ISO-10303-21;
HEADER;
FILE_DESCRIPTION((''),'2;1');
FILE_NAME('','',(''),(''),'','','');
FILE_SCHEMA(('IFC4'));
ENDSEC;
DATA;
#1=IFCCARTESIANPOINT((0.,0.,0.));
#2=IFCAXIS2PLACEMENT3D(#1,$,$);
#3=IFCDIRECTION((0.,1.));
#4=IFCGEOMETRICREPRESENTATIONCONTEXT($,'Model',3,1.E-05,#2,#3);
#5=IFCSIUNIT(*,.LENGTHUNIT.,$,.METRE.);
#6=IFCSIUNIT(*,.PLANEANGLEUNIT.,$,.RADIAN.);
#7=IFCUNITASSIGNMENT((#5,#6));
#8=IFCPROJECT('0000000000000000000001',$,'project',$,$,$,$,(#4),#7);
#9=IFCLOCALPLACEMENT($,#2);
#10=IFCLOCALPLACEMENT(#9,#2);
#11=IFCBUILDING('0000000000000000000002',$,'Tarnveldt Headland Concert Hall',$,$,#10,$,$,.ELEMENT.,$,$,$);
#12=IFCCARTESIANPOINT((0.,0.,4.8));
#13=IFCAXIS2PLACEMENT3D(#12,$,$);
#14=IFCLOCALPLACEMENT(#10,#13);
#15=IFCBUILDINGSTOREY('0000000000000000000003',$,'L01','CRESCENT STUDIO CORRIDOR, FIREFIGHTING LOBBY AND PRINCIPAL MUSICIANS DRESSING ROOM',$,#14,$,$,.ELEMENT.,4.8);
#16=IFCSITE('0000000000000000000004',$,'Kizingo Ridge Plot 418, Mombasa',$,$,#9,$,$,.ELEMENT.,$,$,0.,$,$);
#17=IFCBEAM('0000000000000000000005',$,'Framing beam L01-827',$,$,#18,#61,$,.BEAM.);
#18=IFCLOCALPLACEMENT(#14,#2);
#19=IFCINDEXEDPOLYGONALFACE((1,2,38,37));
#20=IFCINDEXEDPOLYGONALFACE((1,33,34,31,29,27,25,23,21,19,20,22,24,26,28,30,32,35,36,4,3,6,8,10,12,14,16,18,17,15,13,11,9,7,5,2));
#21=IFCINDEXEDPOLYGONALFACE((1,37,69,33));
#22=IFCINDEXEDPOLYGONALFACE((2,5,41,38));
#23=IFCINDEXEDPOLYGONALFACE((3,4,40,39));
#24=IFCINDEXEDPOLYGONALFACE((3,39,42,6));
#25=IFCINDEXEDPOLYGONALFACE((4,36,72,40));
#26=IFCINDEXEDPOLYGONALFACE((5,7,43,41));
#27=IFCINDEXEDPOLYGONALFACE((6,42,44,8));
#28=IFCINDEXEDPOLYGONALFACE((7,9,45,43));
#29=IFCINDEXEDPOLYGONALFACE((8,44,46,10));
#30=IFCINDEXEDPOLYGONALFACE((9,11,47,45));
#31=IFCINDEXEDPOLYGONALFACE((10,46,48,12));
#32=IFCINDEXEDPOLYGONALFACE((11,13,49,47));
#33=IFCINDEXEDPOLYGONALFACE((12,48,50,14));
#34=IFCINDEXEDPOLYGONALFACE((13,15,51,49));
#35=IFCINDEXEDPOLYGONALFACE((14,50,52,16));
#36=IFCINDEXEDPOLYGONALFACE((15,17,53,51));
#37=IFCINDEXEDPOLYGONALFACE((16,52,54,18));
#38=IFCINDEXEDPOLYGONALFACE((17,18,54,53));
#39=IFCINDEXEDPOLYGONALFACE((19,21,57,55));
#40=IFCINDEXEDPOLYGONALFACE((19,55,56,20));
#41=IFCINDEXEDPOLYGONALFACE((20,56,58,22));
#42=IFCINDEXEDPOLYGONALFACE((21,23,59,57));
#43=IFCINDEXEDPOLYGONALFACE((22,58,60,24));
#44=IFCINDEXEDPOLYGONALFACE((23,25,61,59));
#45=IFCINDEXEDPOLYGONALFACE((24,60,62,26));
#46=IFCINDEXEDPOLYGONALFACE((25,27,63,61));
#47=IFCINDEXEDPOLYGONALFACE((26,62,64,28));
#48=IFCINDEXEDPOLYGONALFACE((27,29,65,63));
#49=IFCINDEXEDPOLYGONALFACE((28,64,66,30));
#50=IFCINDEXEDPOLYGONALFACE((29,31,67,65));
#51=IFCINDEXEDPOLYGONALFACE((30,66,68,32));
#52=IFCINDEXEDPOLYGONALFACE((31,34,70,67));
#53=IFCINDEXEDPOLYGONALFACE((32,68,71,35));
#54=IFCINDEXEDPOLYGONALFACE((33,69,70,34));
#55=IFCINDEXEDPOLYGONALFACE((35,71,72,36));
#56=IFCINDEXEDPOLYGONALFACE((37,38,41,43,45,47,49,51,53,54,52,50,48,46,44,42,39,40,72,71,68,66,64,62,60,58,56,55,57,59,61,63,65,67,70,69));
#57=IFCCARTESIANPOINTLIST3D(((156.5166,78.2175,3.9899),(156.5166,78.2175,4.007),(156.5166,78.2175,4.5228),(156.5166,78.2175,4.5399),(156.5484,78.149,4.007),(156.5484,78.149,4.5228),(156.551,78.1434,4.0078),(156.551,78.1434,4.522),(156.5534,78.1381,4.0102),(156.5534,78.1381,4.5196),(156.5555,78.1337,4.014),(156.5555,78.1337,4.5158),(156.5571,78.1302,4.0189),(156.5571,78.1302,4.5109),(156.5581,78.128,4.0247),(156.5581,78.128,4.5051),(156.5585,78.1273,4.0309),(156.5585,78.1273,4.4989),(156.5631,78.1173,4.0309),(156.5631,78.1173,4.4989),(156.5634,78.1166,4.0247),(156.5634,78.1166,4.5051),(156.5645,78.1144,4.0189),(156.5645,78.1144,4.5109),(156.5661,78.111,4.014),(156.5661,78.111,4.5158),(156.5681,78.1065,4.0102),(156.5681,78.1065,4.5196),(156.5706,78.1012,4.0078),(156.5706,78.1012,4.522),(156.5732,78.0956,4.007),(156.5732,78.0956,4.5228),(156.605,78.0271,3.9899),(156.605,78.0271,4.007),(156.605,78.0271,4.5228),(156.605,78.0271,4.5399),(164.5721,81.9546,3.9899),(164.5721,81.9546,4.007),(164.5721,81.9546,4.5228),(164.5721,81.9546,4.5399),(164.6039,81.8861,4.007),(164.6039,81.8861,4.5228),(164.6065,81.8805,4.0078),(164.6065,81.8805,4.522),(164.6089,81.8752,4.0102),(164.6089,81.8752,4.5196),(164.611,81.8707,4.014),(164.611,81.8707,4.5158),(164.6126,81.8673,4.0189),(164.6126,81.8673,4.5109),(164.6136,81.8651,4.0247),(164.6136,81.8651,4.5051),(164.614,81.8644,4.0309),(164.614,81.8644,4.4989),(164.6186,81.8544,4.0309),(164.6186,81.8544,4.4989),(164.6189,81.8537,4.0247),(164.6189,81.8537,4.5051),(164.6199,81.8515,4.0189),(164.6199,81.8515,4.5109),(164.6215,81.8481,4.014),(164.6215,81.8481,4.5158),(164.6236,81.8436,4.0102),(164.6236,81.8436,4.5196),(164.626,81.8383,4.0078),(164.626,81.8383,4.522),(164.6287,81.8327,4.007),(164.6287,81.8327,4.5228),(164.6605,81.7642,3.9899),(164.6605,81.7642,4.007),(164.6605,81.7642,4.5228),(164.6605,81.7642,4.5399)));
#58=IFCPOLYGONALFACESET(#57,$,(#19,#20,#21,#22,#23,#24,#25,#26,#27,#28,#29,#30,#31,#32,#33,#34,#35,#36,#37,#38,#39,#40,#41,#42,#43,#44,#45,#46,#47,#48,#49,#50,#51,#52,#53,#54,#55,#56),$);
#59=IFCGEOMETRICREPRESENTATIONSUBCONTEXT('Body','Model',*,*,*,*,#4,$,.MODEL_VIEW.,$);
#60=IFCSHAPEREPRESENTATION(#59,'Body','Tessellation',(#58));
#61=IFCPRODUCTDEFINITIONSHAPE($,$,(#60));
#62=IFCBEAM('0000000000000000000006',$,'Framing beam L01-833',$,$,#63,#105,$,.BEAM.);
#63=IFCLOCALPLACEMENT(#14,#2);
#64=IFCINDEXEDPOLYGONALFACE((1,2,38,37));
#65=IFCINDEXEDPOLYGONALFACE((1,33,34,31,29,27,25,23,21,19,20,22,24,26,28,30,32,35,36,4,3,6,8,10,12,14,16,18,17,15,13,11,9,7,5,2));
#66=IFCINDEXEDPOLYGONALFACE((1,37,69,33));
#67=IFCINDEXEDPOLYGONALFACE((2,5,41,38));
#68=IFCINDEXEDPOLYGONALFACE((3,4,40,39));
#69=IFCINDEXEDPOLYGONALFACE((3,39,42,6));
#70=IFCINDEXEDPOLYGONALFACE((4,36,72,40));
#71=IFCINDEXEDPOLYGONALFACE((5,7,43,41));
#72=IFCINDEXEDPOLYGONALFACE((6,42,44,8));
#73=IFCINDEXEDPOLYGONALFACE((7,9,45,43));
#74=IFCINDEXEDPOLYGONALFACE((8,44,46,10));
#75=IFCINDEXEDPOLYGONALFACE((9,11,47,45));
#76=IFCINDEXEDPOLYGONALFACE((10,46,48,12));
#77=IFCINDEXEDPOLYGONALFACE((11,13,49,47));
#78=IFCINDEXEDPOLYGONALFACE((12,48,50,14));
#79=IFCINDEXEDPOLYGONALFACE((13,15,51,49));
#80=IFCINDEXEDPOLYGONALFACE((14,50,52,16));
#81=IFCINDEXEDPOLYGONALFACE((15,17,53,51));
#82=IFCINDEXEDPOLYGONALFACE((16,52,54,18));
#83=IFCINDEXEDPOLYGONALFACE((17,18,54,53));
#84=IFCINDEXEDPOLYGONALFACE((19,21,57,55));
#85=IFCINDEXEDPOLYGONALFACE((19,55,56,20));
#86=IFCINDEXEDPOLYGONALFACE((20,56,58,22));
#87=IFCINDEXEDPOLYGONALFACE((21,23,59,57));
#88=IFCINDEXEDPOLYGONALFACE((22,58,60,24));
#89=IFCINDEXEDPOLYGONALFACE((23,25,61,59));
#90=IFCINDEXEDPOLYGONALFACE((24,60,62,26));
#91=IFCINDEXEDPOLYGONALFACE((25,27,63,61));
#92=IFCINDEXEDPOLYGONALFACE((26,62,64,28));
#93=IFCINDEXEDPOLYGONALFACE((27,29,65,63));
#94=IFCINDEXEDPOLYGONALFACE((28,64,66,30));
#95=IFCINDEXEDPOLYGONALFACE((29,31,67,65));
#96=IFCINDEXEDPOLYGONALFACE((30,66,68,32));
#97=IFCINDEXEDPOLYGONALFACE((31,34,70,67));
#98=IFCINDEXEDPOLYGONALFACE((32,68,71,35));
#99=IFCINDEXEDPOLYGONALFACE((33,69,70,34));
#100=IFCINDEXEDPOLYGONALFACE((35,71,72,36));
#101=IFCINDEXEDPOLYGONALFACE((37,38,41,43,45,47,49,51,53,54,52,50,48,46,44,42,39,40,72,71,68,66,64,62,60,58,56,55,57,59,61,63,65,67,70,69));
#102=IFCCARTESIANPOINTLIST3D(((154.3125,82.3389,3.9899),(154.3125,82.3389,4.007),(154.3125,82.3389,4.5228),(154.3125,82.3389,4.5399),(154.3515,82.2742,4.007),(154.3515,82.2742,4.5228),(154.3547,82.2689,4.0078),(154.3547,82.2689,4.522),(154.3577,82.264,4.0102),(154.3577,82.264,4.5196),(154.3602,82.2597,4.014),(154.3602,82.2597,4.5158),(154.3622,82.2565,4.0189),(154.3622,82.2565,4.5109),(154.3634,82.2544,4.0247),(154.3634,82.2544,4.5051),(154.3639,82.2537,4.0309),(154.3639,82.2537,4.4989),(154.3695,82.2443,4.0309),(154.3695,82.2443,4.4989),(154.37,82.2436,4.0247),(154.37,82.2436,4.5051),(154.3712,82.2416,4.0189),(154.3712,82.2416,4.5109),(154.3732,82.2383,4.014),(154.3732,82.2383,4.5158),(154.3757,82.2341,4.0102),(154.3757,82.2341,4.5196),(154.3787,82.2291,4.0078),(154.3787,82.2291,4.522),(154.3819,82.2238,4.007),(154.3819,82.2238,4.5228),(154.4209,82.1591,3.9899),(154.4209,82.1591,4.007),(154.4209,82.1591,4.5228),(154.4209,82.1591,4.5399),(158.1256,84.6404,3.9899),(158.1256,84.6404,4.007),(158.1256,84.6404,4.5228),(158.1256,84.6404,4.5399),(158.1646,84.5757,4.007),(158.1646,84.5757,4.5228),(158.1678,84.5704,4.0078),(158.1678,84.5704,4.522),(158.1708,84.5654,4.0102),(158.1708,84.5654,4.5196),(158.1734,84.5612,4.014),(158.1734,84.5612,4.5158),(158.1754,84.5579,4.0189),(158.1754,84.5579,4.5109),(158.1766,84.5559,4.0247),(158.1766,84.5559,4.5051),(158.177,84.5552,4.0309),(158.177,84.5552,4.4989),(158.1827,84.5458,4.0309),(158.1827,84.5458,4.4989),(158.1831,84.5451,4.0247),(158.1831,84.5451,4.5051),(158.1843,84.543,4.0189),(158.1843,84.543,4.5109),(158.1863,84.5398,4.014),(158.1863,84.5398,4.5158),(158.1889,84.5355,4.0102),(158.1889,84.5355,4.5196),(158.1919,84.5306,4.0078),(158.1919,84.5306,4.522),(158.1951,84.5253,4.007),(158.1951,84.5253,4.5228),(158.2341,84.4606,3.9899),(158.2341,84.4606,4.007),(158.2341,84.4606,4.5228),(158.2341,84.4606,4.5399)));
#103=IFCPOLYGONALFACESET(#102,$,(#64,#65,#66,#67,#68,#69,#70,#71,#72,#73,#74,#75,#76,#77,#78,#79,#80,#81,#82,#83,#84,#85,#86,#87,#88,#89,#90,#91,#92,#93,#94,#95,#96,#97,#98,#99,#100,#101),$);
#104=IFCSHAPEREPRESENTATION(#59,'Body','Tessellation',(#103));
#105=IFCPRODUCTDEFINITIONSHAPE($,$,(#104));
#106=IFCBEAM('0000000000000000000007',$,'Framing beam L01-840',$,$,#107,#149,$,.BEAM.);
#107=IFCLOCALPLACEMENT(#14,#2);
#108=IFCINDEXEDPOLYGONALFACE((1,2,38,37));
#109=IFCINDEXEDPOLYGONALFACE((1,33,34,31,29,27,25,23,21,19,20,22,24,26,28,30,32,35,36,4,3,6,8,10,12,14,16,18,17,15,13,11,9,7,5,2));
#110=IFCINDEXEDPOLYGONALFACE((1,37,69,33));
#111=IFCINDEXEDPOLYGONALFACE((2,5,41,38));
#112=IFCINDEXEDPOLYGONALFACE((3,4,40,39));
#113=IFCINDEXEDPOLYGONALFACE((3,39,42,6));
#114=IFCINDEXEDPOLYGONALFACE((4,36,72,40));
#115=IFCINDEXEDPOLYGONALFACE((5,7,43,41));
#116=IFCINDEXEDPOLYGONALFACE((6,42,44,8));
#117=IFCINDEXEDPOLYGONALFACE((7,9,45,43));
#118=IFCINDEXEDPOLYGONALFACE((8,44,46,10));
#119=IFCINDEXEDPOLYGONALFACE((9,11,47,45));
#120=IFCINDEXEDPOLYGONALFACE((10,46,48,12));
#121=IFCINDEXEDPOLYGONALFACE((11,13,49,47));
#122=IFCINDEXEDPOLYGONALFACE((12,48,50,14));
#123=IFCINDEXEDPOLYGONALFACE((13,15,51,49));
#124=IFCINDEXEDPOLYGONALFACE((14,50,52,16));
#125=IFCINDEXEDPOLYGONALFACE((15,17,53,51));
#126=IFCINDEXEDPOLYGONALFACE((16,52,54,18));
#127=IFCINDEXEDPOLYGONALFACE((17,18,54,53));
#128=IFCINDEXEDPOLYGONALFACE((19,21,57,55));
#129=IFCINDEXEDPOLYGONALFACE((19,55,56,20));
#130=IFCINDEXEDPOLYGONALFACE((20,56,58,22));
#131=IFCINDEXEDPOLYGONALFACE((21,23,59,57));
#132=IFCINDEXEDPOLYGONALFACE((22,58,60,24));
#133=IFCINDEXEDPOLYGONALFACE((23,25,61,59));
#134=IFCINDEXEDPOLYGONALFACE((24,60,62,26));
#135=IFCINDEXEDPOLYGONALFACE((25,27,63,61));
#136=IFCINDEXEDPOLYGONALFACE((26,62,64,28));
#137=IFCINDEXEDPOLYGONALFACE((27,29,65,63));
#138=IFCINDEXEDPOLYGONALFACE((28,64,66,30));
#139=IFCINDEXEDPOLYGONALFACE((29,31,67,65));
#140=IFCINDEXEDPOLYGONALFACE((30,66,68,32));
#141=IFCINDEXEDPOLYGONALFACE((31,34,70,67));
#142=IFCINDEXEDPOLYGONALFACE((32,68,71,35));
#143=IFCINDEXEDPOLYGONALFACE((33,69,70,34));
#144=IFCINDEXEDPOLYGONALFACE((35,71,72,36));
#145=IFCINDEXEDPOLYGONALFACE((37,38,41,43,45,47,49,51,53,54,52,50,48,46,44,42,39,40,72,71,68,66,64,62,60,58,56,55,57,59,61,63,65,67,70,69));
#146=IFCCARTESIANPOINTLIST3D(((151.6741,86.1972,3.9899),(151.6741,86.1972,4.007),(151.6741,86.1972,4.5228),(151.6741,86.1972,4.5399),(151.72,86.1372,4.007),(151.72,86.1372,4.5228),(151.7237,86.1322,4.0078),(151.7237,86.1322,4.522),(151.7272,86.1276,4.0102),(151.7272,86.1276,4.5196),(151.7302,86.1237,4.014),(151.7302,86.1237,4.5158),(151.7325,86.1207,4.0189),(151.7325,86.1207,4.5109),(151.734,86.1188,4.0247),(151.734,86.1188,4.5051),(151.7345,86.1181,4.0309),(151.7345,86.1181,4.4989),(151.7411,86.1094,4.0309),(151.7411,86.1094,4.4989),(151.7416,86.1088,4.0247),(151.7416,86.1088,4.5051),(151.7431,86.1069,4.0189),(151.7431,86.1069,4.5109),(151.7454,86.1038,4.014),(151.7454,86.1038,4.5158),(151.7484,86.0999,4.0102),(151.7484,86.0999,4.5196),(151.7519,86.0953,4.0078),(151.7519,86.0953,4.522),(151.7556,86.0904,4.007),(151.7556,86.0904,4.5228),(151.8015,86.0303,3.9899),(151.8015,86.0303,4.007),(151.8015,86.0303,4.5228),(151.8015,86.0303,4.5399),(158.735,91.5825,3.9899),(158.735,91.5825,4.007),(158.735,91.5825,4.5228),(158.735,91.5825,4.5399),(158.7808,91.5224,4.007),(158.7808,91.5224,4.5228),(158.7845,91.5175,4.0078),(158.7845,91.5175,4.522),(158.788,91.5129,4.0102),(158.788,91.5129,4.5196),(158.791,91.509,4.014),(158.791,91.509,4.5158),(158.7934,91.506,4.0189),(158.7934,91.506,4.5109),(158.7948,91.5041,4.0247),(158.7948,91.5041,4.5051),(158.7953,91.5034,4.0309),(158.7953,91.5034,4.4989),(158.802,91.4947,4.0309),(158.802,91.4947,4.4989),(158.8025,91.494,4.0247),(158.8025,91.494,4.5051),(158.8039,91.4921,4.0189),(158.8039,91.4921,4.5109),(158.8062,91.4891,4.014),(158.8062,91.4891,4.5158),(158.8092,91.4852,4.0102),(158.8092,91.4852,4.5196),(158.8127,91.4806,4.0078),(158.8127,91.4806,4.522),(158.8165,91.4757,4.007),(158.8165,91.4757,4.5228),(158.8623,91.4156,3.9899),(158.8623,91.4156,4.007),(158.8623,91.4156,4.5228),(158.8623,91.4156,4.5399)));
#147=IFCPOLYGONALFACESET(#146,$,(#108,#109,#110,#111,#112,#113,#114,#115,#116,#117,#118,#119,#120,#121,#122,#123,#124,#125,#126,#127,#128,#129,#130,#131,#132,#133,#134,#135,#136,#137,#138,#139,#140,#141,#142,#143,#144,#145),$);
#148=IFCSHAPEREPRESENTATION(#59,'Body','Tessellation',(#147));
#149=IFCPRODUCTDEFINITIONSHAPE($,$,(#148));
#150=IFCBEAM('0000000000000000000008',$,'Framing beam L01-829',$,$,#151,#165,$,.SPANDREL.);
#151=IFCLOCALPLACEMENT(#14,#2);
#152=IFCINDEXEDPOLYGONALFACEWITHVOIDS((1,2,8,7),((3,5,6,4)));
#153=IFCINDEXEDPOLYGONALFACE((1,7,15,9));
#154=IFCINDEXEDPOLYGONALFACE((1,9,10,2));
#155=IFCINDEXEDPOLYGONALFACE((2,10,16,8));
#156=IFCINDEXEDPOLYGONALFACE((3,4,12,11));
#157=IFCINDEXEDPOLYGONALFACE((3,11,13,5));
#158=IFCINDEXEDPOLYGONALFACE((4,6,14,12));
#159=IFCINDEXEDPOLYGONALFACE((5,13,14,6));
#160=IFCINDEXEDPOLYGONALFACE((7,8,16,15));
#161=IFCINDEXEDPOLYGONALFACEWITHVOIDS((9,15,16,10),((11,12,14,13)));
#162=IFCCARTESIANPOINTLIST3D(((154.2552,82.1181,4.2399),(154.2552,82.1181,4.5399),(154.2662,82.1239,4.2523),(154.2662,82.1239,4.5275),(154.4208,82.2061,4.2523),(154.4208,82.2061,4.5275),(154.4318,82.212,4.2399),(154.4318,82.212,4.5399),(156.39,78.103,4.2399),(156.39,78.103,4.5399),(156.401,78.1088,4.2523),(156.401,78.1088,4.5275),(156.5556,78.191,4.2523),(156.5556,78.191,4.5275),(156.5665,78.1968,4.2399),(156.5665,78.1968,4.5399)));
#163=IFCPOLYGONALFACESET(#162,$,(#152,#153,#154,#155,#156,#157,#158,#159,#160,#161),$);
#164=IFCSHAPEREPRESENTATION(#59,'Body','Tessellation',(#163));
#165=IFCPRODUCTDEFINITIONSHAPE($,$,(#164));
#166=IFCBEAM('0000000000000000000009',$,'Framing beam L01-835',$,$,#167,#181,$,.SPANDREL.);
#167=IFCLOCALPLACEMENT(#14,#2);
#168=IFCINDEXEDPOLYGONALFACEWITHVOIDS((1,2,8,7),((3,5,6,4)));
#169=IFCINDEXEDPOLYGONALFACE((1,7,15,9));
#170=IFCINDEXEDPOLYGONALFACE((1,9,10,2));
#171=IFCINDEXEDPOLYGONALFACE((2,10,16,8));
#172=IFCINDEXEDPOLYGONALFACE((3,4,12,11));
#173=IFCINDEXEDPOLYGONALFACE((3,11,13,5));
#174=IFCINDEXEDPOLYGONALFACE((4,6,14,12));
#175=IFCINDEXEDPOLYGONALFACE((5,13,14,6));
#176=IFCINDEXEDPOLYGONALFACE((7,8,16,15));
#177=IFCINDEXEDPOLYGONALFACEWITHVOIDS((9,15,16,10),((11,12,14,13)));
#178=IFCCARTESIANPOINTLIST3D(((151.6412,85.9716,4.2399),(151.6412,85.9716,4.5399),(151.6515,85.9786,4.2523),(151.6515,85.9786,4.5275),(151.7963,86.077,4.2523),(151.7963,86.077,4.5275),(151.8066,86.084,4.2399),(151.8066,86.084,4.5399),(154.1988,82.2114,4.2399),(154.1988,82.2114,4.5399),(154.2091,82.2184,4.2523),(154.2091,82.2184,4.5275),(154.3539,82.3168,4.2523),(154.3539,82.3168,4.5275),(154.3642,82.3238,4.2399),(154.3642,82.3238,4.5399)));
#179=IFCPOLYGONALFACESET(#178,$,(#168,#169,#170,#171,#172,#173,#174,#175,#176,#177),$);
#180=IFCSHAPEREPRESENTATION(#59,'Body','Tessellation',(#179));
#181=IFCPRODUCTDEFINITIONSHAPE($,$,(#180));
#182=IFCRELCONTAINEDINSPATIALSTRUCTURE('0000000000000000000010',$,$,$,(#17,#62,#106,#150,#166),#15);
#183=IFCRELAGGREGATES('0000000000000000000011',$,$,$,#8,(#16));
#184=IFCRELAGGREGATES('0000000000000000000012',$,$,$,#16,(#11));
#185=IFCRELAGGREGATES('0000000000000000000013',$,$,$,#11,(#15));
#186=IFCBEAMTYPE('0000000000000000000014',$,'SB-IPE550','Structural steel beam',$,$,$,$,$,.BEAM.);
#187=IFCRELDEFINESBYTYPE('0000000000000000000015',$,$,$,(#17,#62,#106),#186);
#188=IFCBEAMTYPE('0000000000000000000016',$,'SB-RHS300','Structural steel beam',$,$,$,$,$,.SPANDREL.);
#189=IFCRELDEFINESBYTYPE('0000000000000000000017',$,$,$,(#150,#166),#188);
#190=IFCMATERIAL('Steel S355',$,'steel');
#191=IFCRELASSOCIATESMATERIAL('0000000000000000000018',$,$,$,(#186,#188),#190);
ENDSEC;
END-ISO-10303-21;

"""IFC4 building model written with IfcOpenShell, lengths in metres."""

from ifc_helpers import new_model, si_unit, direction, frame, origin, origin_2d, place, context, subcontext, project, spatial, hollow_rectangle, i_section, extrude, material, material_profile, profile_set, type_object, element, save


model = new_model("IFC4")

# Units and contexts
model_context = context("Model", 3, precision=1e-05, world=origin(), true_north=direction((0.0, 1.0)))
body_context = subcontext(model_context, "Body", "Model", "MODEL_VIEW")
ifc_project = project(units=[si_unit("LENGTHUNIT", "METRE"), si_unit("PLANEANGLEUNIT", "RADIAN")], contexts=[model_context])

# Site, building, storey
site_placement = place(None, origin())
site = spatial("IfcSite", under=ifc_project, at=site_placement, Name="Kizingo Ridge Plot 418, Mombasa", CompositionType="ELEMENT", RefElevation=0.0)
building_placement = place(site_placement, origin())
building = spatial("IfcBuilding", under=site, at=building_placement, Name="Tarnveldt Headland Concert Hall", CompositionType="ELEMENT")
storey_placement = place(building_placement, frame((0.0, 0.0, 4.8)))
storey = spatial("IfcBuildingStorey", under=building, at=storey_placement, Name="L01", Description="CRESCENT STUDIO CORRIDOR, FIREFIGHTING LOBBY AND PRINCIPAL MUSICIANS DRESSING ROOM", CompositionType="ELEMENT", Elevation=4.8)

# Beams
ifc_material_1 = material(Name="Steel S355", Category="steel")
ifc_material_profile_1 = material_profile(ifc_material_1, i_section(OverallWidth=0.21, OverallDepth=0.55, WebThickness=0.011, FlangeThickness=0.0171, FilletRadius=0.0239, at=origin_2d()), Name="IPE550", Category="steel")
ifc_profile_set_1 = profile_set([ifc_material_profile_1], Name="Steel S355")
beam_type_1 = type_object("IfcBeamType", Name="SB-IPE550", Description="Structural steel beam", PredefinedType="BEAM", material=ifc_profile_set_1)
beam_1_placement = place(storey_placement, frame((156.5608, 78.1223, 4.2649), z_axis=(0.907136, 0.420837, 0.0), x_axis=(-0.420837, 0.907136, 0.0)))
element("IfcBeam", 1, at=beam_1_placement, inside=storey, type_object=beam_type_1, Name="Framing beam L01-827", PredefinedType="BEAM", context=body_context, shape_type="SweptSolid", body=[
    extrude(i_section(OverallWidth=0.21, OverallDepth=0.55, WebThickness=0.011, FlangeThickness=0.0171, FilletRadius=0.0239, at=origin_2d()), origin(), (0.0, 0.0, 1.0), 8.8801),
])
beam_2_placement = place(storey_placement, frame((154.3667, 82.249, 4.2649), z_axis=(0.856145, 0.516735, 0.0), x_axis=(-0.516735, 0.856145, 0.0)))
element("IfcBeam", 2, at=beam_2_placement, inside=storey, type_object=beam_type_1, Name="Framing beam L01-833", PredefinedType="BEAM", context=body_context, shape_type="SweptSolid", body=[
    extrude(i_section(OverallWidth=0.21, OverallDepth=0.55, WebThickness=0.011, FlangeThickness=0.0171, FilletRadius=0.0239, at=origin_2d()), origin(), (0.0, 0.0, 1.0), 4.4539),
])
beam_3_placement = place(storey_placement, frame((151.7378, 86.1138, 4.2649), z_axis=(0.795127, 0.606442, 0.0), x_axis=(-0.606442, 0.795127, 0.0)))
element("IfcBeam", 3, at=beam_3_placement, inside=storey, type_object=beam_type_1, Name="Framing beam L01-840", PredefinedType="BEAM", context=body_context, shape_type="SweptSolid", body=[
    extrude(i_section(OverallWidth=0.21, OverallDepth=0.55, WebThickness=0.011, FlangeThickness=0.0171, FilletRadius=0.0239, at=origin_2d()), origin(), (0.0, 0.0, 1.0), 8.8801),
])
ifc_material_profile_2 = material_profile(ifc_material_1, hollow_rectangle(XDim=0.2, YDim=0.3, WallThickness=0.0125, at=origin_2d()), Name="RHS 300x200x12.5", Category="steel")
ifc_profile_set_2 = profile_set([ifc_material_profile_2], Name="Steel S355")
beam_type_2 = type_object("IfcBeamType", Name="SB-RHS300", Description="Structural steel beam", PredefinedType="SPANDREL", material=ifc_profile_set_2)
beam_4_placement = place(storey_placement, frame((156.4783, 78.1499, 4.3899), z_axis=(-0.469451, 0.882959, 0.0), x_axis=(-0.882959, -0.469451, 0.0)))
element("IfcBeam", 4, at=beam_4_placement, inside=storey, type_object=beam_type_2, Name="Framing beam L01-829", PredefinedType="SPANDREL", context=body_context, shape_type="SweptSolid", body=[
    extrude(hollow_rectangle(XDim=0.2, YDim=0.3, WallThickness=0.0125, at=origin_2d()), origin(), (0.0, 0.0, 1.0), 4.5474),
])
beam_5_placement = place(storey_placement, frame((154.2815, 82.2676, 4.3899), z_axis=(-0.562407, 0.826861, 0.0), x_axis=(-0.826861, -0.562407, 0.0)))
element("IfcBeam", 5, at=beam_5_placement, inside=storey, type_object=beam_type_2, Name="Framing beam L01-835", PredefinedType="SPANDREL", context=body_context, shape_type="SweptSolid", body=[
    extrude(hollow_rectangle(XDim=0.2, YDim=0.3, WallThickness=0.0125, at=origin_2d()), origin(), (0.0, 0.0, 1.0), 4.5476),
])

save(model, "model.ifc")
